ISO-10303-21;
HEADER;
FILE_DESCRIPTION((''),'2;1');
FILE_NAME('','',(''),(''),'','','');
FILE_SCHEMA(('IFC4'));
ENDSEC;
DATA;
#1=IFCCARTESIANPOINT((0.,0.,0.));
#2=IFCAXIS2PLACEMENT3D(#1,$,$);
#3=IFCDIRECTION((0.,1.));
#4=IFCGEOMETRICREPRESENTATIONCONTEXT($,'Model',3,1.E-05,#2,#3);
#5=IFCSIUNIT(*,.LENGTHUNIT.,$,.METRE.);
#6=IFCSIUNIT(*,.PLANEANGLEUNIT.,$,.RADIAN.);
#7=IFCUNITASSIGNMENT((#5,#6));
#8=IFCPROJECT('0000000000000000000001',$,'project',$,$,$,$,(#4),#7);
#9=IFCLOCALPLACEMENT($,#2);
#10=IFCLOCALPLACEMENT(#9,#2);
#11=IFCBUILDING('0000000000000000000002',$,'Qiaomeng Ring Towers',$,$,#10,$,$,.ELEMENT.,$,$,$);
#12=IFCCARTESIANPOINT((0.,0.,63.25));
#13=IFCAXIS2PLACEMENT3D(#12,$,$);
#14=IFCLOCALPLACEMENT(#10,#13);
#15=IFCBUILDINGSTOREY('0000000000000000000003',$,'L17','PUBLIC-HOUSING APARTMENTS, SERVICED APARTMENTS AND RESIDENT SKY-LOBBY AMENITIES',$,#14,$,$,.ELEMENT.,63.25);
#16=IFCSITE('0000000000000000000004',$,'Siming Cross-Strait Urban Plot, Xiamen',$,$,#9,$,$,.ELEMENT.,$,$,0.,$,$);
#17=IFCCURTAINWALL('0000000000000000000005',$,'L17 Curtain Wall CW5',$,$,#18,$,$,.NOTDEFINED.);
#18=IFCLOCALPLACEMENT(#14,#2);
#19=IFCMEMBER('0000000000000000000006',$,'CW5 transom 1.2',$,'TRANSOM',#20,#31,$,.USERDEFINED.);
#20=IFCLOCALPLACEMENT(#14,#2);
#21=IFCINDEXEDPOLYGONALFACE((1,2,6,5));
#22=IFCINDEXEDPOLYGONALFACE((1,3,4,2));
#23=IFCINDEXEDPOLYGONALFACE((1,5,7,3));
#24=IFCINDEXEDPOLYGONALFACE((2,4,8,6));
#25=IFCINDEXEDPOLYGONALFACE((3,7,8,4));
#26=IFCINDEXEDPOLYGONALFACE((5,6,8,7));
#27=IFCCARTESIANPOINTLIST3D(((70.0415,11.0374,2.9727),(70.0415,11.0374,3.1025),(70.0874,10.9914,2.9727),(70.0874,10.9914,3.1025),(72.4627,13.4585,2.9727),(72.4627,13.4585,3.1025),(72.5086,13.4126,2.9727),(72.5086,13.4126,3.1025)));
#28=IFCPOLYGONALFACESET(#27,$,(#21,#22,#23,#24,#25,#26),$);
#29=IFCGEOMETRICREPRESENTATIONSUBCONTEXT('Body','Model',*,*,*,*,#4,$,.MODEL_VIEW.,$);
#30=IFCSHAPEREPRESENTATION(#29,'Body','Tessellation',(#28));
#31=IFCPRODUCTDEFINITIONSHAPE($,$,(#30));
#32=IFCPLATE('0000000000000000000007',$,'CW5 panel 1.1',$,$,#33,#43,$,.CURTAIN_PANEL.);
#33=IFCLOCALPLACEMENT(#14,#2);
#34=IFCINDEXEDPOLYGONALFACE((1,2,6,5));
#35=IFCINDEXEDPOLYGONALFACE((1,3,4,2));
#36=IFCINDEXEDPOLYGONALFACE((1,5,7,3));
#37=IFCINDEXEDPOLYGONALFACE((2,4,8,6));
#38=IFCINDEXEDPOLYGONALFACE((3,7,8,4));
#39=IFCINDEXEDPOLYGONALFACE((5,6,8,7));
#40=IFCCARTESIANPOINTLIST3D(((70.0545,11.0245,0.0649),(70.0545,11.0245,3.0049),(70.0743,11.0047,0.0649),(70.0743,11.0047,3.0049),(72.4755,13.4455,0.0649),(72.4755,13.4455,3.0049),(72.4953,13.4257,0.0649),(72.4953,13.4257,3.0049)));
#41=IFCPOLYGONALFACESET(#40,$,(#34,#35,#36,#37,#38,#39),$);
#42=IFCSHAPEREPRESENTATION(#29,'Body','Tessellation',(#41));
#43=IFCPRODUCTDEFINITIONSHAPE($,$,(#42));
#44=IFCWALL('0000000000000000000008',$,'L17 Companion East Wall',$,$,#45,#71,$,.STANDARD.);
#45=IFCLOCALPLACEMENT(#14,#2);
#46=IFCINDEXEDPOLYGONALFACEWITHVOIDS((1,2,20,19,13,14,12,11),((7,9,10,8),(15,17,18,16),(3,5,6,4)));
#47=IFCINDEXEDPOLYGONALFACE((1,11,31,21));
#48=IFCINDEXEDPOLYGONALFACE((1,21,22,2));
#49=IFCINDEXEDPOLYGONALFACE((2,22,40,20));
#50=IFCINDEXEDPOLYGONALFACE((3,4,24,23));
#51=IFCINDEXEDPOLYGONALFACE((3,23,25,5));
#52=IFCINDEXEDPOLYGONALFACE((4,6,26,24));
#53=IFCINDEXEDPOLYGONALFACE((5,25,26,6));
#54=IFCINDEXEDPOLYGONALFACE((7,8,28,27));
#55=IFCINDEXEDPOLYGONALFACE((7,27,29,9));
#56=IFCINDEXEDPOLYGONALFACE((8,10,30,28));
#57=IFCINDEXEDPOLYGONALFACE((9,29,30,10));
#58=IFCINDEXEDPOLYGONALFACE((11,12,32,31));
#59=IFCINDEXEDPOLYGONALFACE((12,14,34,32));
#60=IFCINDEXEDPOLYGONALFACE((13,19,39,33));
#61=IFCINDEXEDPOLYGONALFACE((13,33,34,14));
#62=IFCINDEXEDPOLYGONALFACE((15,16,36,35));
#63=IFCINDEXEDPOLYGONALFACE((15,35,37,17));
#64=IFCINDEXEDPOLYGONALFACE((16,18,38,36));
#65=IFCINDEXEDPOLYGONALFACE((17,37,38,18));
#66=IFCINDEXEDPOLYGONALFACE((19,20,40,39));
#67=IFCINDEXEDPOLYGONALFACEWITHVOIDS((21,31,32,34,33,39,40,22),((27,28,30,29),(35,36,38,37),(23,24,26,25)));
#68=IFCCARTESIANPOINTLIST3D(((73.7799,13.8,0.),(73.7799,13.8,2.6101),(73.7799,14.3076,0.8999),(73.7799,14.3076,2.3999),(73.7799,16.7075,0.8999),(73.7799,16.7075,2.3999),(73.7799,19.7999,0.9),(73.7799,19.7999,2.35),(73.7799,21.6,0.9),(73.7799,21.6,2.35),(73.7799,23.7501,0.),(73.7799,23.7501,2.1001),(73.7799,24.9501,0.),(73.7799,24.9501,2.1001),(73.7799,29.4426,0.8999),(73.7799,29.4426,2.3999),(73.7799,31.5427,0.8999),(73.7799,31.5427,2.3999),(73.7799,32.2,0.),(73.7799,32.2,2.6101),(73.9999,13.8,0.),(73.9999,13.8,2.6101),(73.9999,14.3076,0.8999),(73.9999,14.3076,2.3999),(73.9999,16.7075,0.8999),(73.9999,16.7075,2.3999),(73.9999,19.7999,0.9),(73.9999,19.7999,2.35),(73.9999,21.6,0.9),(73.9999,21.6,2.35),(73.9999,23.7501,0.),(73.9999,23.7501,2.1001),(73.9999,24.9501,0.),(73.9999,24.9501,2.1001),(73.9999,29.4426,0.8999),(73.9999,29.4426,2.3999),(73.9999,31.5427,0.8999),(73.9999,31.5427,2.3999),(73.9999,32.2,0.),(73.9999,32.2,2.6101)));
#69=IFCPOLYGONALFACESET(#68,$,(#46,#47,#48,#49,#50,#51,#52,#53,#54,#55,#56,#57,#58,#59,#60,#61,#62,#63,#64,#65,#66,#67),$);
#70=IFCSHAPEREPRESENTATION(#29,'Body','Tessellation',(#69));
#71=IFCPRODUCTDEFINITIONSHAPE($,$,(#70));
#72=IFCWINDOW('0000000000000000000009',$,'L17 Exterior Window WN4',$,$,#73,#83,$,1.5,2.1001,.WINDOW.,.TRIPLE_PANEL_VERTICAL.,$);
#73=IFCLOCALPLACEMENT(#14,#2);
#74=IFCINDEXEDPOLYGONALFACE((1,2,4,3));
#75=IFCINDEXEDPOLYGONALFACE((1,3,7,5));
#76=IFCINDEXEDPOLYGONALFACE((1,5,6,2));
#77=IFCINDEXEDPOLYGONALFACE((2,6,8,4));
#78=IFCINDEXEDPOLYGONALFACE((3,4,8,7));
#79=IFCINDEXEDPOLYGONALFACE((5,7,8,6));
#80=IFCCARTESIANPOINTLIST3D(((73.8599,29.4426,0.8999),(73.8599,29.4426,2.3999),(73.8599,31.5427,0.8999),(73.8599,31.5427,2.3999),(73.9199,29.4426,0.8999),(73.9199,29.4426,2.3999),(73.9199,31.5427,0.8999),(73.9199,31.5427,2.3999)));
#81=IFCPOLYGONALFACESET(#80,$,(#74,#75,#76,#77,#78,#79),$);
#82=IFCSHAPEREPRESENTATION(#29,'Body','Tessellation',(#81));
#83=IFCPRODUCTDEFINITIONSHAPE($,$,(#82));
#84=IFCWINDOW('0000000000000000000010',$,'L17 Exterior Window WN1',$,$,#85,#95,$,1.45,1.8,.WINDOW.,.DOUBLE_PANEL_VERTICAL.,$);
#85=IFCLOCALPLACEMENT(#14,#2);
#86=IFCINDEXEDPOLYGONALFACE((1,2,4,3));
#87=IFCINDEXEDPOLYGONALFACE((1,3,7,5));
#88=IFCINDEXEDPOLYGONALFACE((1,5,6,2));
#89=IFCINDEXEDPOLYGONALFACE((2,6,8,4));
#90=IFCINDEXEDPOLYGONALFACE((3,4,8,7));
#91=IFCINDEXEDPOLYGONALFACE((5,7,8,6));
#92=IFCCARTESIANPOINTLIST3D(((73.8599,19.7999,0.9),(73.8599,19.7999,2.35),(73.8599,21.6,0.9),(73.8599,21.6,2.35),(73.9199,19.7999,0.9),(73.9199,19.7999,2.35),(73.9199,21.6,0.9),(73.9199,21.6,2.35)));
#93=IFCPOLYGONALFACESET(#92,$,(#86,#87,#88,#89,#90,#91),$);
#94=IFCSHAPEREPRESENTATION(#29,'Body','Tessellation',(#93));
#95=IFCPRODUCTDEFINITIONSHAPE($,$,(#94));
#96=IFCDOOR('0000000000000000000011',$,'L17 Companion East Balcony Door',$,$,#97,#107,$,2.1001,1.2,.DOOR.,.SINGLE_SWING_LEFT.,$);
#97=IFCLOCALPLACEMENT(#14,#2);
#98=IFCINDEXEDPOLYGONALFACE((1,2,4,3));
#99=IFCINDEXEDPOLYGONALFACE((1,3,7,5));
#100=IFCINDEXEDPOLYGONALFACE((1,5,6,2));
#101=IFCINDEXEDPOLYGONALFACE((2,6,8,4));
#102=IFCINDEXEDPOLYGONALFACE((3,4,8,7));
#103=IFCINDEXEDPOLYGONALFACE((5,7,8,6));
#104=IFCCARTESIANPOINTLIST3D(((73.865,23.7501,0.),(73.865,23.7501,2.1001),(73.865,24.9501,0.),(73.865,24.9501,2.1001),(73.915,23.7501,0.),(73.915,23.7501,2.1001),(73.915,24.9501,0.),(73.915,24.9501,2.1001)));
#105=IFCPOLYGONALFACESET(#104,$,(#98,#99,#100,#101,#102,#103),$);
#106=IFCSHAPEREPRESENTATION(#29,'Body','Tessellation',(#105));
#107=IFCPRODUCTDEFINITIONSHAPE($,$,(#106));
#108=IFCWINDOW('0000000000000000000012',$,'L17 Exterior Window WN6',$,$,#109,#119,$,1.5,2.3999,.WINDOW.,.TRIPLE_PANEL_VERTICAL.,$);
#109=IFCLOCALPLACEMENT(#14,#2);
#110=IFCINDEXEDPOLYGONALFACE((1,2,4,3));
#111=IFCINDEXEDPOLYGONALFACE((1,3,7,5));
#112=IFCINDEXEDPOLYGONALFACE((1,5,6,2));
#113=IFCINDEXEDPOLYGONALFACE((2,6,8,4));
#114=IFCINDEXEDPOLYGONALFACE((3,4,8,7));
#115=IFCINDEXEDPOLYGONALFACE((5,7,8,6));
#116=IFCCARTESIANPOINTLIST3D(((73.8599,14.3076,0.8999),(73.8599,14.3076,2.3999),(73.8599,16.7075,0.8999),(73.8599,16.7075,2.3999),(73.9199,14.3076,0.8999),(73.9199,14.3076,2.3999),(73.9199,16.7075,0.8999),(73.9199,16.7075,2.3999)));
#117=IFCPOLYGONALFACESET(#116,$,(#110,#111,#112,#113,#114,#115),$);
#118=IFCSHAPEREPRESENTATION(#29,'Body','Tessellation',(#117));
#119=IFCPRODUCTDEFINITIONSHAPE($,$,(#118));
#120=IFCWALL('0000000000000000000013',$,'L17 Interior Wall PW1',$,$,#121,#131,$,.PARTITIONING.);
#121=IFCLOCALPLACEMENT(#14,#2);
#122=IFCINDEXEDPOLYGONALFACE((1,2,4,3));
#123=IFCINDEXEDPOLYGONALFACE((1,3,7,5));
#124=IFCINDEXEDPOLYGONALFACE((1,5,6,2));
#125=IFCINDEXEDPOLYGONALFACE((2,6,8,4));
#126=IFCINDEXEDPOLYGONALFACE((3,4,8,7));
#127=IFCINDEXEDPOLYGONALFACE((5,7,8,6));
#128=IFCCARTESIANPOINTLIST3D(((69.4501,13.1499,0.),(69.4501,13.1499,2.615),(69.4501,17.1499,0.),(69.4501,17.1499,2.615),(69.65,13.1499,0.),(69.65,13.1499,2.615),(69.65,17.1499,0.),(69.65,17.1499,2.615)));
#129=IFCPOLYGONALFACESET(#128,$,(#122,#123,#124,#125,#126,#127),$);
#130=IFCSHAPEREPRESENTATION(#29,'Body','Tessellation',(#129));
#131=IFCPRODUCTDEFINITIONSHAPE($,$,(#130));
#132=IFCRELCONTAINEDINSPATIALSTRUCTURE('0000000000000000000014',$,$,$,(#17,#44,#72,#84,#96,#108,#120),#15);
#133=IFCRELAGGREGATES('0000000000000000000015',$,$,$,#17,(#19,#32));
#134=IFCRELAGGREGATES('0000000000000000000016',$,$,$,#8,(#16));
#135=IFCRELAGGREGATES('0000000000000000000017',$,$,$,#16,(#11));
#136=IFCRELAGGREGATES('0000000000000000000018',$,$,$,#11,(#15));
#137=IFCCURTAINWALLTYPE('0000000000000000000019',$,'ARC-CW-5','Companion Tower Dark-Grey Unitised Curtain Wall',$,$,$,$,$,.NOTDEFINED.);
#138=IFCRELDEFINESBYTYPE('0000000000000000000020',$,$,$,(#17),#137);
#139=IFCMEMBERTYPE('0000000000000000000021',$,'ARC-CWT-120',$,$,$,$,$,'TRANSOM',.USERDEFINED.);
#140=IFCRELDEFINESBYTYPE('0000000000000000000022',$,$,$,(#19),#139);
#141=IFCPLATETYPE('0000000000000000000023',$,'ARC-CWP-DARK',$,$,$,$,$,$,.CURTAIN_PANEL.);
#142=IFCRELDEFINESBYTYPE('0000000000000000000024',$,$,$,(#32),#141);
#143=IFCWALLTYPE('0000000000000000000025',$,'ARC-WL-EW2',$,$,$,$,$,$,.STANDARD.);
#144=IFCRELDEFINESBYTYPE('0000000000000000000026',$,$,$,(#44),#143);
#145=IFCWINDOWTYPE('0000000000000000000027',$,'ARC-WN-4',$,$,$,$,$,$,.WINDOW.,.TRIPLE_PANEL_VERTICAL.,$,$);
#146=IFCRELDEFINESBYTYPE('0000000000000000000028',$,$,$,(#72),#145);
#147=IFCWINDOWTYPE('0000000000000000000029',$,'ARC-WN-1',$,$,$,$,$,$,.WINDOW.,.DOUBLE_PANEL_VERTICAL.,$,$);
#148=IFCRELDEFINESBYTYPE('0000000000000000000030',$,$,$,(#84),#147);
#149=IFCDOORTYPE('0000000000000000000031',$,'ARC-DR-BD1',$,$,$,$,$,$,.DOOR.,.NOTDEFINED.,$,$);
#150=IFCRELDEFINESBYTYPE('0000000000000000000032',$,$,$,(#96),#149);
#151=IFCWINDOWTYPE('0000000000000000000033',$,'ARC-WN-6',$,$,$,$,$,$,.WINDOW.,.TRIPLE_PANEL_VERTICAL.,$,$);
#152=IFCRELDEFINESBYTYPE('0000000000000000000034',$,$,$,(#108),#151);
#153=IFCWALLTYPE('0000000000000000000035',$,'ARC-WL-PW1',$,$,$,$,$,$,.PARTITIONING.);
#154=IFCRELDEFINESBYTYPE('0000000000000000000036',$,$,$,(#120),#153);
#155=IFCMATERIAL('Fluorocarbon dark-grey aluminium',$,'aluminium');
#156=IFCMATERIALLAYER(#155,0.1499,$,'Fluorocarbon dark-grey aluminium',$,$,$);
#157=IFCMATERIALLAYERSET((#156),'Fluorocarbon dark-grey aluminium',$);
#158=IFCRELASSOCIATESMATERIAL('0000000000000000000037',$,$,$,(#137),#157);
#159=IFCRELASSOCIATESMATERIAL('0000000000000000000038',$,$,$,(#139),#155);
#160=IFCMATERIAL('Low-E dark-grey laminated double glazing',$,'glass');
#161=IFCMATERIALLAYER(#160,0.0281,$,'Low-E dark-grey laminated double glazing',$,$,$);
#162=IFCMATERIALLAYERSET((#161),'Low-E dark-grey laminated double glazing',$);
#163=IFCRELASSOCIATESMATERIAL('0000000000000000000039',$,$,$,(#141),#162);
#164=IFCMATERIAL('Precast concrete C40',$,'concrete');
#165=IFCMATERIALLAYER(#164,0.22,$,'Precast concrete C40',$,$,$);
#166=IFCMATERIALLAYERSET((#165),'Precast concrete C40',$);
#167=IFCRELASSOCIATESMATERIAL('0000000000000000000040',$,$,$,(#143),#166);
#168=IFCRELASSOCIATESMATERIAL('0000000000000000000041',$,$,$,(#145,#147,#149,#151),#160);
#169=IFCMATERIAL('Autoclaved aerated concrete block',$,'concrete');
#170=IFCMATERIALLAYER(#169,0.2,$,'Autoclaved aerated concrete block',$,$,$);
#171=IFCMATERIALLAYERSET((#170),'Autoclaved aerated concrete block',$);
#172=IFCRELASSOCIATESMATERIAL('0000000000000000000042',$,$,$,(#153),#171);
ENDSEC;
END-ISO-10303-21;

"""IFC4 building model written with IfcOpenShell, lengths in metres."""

from ifc_helpers import new_model, si_unit, direction, frame, frame_2d, origin, origin_2d, place, context, subcontext, project, spatial, rectangle, extrude, source, transform, mapped, material, layer, layer_set, material_profile, profile_set, type_object, element, fill, aggregate, save


model = new_model("IFC4")

# Units and contexts
model_context = context("Model", 3, precision=1e-05, world=origin(), true_north=direction((0.0, 1.0)))
body_context = subcontext(model_context, "Body", "Model", "MODEL_VIEW")
ifc_project = project(units=[si_unit("LENGTHUNIT", "METRE"), si_unit("PLANEANGLEUNIT", "RADIAN")], contexts=[model_context])

# Site, building, storey
site_placement = place(None, origin())
site = spatial("IfcSite", under=ifc_project, at=site_placement, Name="Siming Cross-Strait Urban Plot, Xiamen", CompositionType="ELEMENT", RefElevation=0.0)
building_placement = place(site_placement, origin())
building = spatial("IfcBuilding", under=site, at=building_placement, Name="Qiaomeng Ring Towers", CompositionType="ELEMENT")
storey_placement = place(building_placement, frame((0.0, 0.0, 63.25)))
storey = spatial("IfcBuildingStorey", under=building, at=storey_placement, Name="L17", Description="PUBLIC-HOUSING APARTMENTS, SERVICED APARTMENTS AND RESIDENT SKY-LOBBY AMENITIES", CompositionType="ELEMENT", Elevation=63.25)

# Curtain wall
ifc_material_1 = material(Name="Fluorocarbon dark-grey aluminium", Category="aluminium")
ifc_layer_1 = layer(ifc_material_1, 0.1499, Name="Fluorocarbon dark-grey aluminium")
ifc_layer_set_1 = layer_set([ifc_layer_1], Name="Fluorocarbon dark-grey aluminium")
curtain_wall_type = type_object("IfcCurtainWallType", Name="ARC-CW-5", Description="Companion Tower Dark-Grey Unitised Curtain Wall", PredefinedType="NOTDEFINED", material=ifc_layer_set_1)
curtain_wall_1_placement = place(storey_placement, origin())
curtain_wall_1 = element("IfcCurtainWall", 1, at=curtain_wall_1_placement, inside=storey, type_object=curtain_wall_type, Name="L17 Curtain Wall CW5", PredefinedType="NOTDEFINED")

# Member
ifc_material_profile_1 = material_profile(ifc_material_1, rectangle(XDim=0.0649, YDim=0.1299, at=origin_2d()), Name="ALU TRAN 65x130")
ifc_profile_set_1 = profile_set([ifc_material_profile_1], Name="Fluorocarbon dark-grey aluminium")
member_type_1 = type_object("IfcMemberType", Name="ARC-CWT-120", ElementType="TRANSOM", PredefinedType="USERDEFINED", material=ifc_profile_set_1)
shared_shape_1 = source(origin(), body_context, "Body", "SweptSolid", [
    extrude(rectangle(XDim=0.0649, YDim=0.1299, at=origin_2d()), origin(), (0.0, 0.0, 1.0), 3.4241),
])
member_1_placement = place(storey_placement, frame((70.0645, 11.0144, 3.0376), z_axis=(0.707107, 0.707107, 0.0), x_axis=(-0.707107, 0.707107, 0.0)))
member_1 = element("IfcMember", 2, at=member_1_placement, type_object=member_type_1, Name="CW5 transom 1.2", ObjectType="TRANSOM", PredefinedType="USERDEFINED", context=body_context, shape_type="MappedRepresentation", body=[
    mapped(shared_shape_1, transform((0.0, 0.0, 0.0), x_axis=(1.0, 0.0, 0.0), y_axis=(0.0, 1.0, 0.0), z_axis=(0.0, 0.0, 1.0), scale=1.0)),
])

# Plate
ifc_material_2 = material(Name="Low-E dark-grey laminated double glazing", Category="glass")
ifc_layer_2 = layer(ifc_material_2, 0.0281, Name="Low-E dark-grey laminated double glazing")
ifc_layer_set_2 = layer_set([ifc_layer_2], Name="Low-E dark-grey laminated double glazing")
plate_type = type_object("IfcPlateType", Name="ARC-CWP-DARK", PredefinedType="CURTAIN_PANEL", material=ifc_layer_set_2)
shared_shape_2 = source(origin(), body_context, "Body", "SweptSolid", [
    extrude(rectangle(XDim=3.4238, YDim=0.0281, at=origin_2d()), origin(), (0.0, 0.0, 1.0), 2.9399),
])
plate_placement = place(storey_placement, frame((71.2749, 12.2251, 0.0649), z_axis=(0.0, 0.0, 1.0), x_axis=(0.707107, 0.707107, 0.0)))
plate = element("IfcPlate", 3, at=plate_placement, type_object=plate_type, Name="CW5 panel 1.1", PredefinedType="CURTAIN_PANEL", context=body_context, shape_type="MappedRepresentation", body=[
    mapped(shared_shape_2, transform((0.0, 0.0, 0.0), x_axis=(1.0, 0.0, 0.0), y_axis=(0.0, 1.0, 0.0), z_axis=(0.0, 0.0, 1.0), scale=1.0)),
])
aggregate(curtain_wall_1, [member_1, plate])

# Wall, openings, windows, door
ifc_material_3 = material(Name="Precast concrete C40", Category="concrete")
ifc_layer_3 = layer(ifc_material_3, 0.22, Name="Precast concrete C40")
ifc_layer_set_3 = layer_set([ifc_layer_3], Name="Precast concrete C40")
wall_type_1 = type_object("IfcWallType", Name="ARC-WL-EW2", PredefinedType="STANDARD", material=ifc_layer_set_3)
wall_1_placement = place(storey_placement, frame((73.8899, 13.8, 0.0), z_axis=(0.0, 0.0, 1.0), x_axis=(0.0, 1.0, 0.0)))
wall_1 = element("IfcWall", 4, at=wall_1_placement, inside=storey, type_object=wall_type_1, Name="L17 Companion East Wall", PredefinedType="STANDARD", context=body_context, shape_type="SweptSolid", body=[
    extrude(rectangle(XDim=18.3999, YDim=0.22, at=frame_2d((9.2, 0.0))), origin(), (0.0, 0.0, 1.0), 2.6101),
])
opening_1_placement = place(wall_1_placement, frame((9.95, 0.0, 0.0)))
opening_1 = element("IfcOpeningElement", 5, at=opening_1_placement, cuts=wall_1, PredefinedType="OPENING", context=body_context, shape_type="SweptSolid", body=[
    extrude(rectangle(XDim=1.2, YDim=2.1001, at=frame_2d((0.6001, 1.05))), frame((0.0, 0.1199, 0.0), z_axis=(0.0, -1.0, 0.0), x_axis=(1.0, 0.0, 0.0)), (0.0, 0.0, 1.0), 0.24),
])
opening_2_placement = place(wall_1_placement, frame((0.5076, 0.0, 0.8999)))
opening_2 = element("IfcOpeningElement", 6, at=opening_2_placement, cuts=wall_1, PredefinedType="OPENING", context=body_context, shape_type="SweptSolid", body=[
    extrude(rectangle(XDim=2.3999, YDim=1.5, at=frame_2d((1.2, 0.75))), frame((0.0, 0.1199, 0.0), z_axis=(0.0, -1.0, 0.0), x_axis=(1.0, 0.0, 0.0)), (0.0, 0.0, 1.0), 0.24),
])
opening_3_placement = place(wall_1_placement, frame((6.0, 0.0, 0.8999)))
opening_3 = element("IfcOpeningElement", 7, at=opening_3_placement, cuts=wall_1, PredefinedType="OPENING", context=body_context, shape_type="SweptSolid", body=[
    extrude(rectangle(XDim=1.8, YDim=1.45, at=frame_2d((0.8999, 0.7251))), frame((0.0, 0.1199, 0.0), z_axis=(0.0, -1.0, 0.0), x_axis=(1.0, 0.0, 0.0)), (0.0, 0.0, 1.0), 0.24),
])
opening_4_placement = place(wall_1_placement, frame((15.6426, 0.0, 0.8999)))
opening_4 = element("IfcOpeningElement", 8, at=opening_4_placement, cuts=wall_1, PredefinedType="OPENING", context=body_context, shape_type="SweptSolid", body=[
    extrude(rectangle(XDim=2.1001, YDim=1.5, at=frame_2d((1.05, 0.75))), frame((0.0, 0.1199, 0.0), z_axis=(0.0, -1.0, 0.0), x_axis=(1.0, 0.0, 0.0)), (0.0, 0.0, 1.0), 0.24),
])
window_type_1 = type_object("IfcWindowType", Name="ARC-WN-4", PartitioningType="TRIPLE_PANEL_VERTICAL", PredefinedType="WINDOW", material=ifc_material_2)
shared_shape_3 = source(origin(), body_context, "Body", "SweptSolid", [
    extrude(rectangle(XDim=2.1001, YDim=1.5, at=frame_2d((1.05, 0.75))), frame((0.0, 0.03, 0.0), z_axis=(0.0, -1.0, 0.0), x_axis=(1.0, 0.0, 0.0)), (0.0, 0.0, 1.0), 0.0601),
])
window_1_placement = place(opening_4_placement, origin())
window_1 = element("IfcWindow", 9, at=window_1_placement, inside=storey, type_object=window_type_1, Name="L17 Exterior Window WN4", OverallHeight=1.5, OverallWidth=2.1001, PartitioningType="TRIPLE_PANEL_VERTICAL", PredefinedType="WINDOW", context=body_context, shape_type="MappedRepresentation", body=[
    mapped(shared_shape_3, transform((0.0, 0.0, 0.0), x_axis=(1.0, 0.0, 0.0), y_axis=(0.0, 1.0, 0.0), z_axis=(0.0, 0.0, 1.0), scale=1.0)),
])
fill(opening_4, window_1)
window_type_2 = type_object("IfcWindowType", Name="ARC-WN-1", PartitioningType="DOUBLE_PANEL_VERTICAL", PredefinedType="WINDOW", material=ifc_material_2)
shared_shape_4 = source(origin(), body_context, "Body", "SweptSolid", [
    extrude(rectangle(XDim=1.8, YDim=1.45, at=frame_2d((0.8999, 0.7251))), frame((0.0, 0.03, 0.0), z_axis=(0.0, -1.0, 0.0), x_axis=(1.0, 0.0, 0.0)), (0.0, 0.0, 1.0), 0.0601),
])
window_2_placement = place(opening_3_placement, origin())
window_2 = element("IfcWindow", 10, at=window_2_placement, inside=storey, type_object=window_type_2, Name="L17 Exterior Window WN1", OverallHeight=1.45, OverallWidth=1.8, PartitioningType="DOUBLE_PANEL_VERTICAL", PredefinedType="WINDOW", context=body_context, shape_type="MappedRepresentation", body=[
    mapped(shared_shape_4, transform((0.0, 0.0, 0.0), x_axis=(1.0, 0.0, 0.0), y_axis=(0.0, 1.0, 0.0), z_axis=(0.0, 0.0, 1.0), scale=1.0)),
])
fill(opening_3, window_2)
door_type_1 = type_object("IfcDoorType", Name="ARC-DR-BD1", OperationType="NOTDEFINED", PredefinedType="DOOR", material=ifc_material_2)
shared_shape_5 = source(origin(), body_context, "Body", "SweptSolid", [
    extrude(rectangle(XDim=1.2, YDim=2.1001, at=frame_2d((0.6001, 1.05))), frame((0.0, 0.0249, 0.0), z_axis=(0.0, -1.0, 0.0), x_axis=(1.0, 0.0, 0.0)), (0.0, 0.0, 1.0), 0.05),
])
door_1_placement = place(opening_1_placement, origin())
door_1 = element("IfcDoor", 11, at=door_1_placement, inside=storey, type_object=door_type_1, Name="L17 Companion East Balcony Door", OperationType="SINGLE_SWING_LEFT", OverallHeight=2.1001, OverallWidth=1.2, PredefinedType="DOOR", context=body_context, shape_type="MappedRepresentation", body=[
    mapped(shared_shape_5, transform((0.0, 0.0, 0.0), x_axis=(1.0, 0.0, 0.0), y_axis=(0.0, 1.0, 0.0), z_axis=(0.0, 0.0, 1.0), scale=1.0)),
])
fill(opening_1, door_1)
window_type_3 = type_object("IfcWindowType", Name="ARC-WN-6", PartitioningType="TRIPLE_PANEL_VERTICAL", PredefinedType="WINDOW", material=ifc_material_2)
shared_shape_6 = source(origin(), body_context, "Body", "SweptSolid", [
    extrude(rectangle(XDim=2.3999, YDim=1.5, at=frame_2d((1.2, 0.75))), frame((0.0, 0.03, 0.0), z_axis=(0.0, -1.0, 0.0), x_axis=(1.0, 0.0, 0.0)), (0.0, 0.0, 1.0), 0.0601),
])
window_3_placement = place(opening_2_placement, origin())
window_3 = element("IfcWindow", 12, at=window_3_placement, inside=storey, type_object=window_type_3, Name="L17 Exterior Window WN6", OverallHeight=1.5, OverallWidth=2.3999, PartitioningType="TRIPLE_PANEL_VERTICAL", PredefinedType="WINDOW", context=body_context, shape_type="MappedRepresentation", body=[
    mapped(shared_shape_6, transform((0.0, 0.0, 0.0), x_axis=(1.0, 0.0, 0.0), y_axis=(0.0, 1.0, 0.0), z_axis=(0.0, 0.0, 1.0), scale=1.0)),
])
fill(opening_2, window_3)

# Wall
ifc_material_4 = material(Name="Autoclaved aerated concrete block", Category="concrete")
ifc_layer_4 = layer(ifc_material_4, 0.2, Name="Autoclaved aerated concrete block")
ifc_layer_set_4 = layer_set([ifc_layer_4], Name="Autoclaved aerated concrete block")
wall_type_2 = type_object("IfcWallType", Name="ARC-WL-PW1", PredefinedType="PARTITIONING", material=ifc_layer_set_4)
wall_2_placement = place(storey_placement, frame((69.55, 13.1499, 0.0), z_axis=(0.0, 0.0, 1.0), x_axis=(0.0, 1.0, 0.0)))
element("IfcWall", 13, at=wall_2_placement, inside=storey, type_object=wall_type_2, Name="L17 Interior Wall PW1", PredefinedType="PARTITIONING", context=body_context, shape_type="SweptSolid", body=[
    extrude(rectangle(XDim=4.0, YDim=0.2, at=frame_2d((2.0, 0.0))), origin(), (0.0, 0.0, 1.0), 2.615),
])

save(model, "model.ifc")
